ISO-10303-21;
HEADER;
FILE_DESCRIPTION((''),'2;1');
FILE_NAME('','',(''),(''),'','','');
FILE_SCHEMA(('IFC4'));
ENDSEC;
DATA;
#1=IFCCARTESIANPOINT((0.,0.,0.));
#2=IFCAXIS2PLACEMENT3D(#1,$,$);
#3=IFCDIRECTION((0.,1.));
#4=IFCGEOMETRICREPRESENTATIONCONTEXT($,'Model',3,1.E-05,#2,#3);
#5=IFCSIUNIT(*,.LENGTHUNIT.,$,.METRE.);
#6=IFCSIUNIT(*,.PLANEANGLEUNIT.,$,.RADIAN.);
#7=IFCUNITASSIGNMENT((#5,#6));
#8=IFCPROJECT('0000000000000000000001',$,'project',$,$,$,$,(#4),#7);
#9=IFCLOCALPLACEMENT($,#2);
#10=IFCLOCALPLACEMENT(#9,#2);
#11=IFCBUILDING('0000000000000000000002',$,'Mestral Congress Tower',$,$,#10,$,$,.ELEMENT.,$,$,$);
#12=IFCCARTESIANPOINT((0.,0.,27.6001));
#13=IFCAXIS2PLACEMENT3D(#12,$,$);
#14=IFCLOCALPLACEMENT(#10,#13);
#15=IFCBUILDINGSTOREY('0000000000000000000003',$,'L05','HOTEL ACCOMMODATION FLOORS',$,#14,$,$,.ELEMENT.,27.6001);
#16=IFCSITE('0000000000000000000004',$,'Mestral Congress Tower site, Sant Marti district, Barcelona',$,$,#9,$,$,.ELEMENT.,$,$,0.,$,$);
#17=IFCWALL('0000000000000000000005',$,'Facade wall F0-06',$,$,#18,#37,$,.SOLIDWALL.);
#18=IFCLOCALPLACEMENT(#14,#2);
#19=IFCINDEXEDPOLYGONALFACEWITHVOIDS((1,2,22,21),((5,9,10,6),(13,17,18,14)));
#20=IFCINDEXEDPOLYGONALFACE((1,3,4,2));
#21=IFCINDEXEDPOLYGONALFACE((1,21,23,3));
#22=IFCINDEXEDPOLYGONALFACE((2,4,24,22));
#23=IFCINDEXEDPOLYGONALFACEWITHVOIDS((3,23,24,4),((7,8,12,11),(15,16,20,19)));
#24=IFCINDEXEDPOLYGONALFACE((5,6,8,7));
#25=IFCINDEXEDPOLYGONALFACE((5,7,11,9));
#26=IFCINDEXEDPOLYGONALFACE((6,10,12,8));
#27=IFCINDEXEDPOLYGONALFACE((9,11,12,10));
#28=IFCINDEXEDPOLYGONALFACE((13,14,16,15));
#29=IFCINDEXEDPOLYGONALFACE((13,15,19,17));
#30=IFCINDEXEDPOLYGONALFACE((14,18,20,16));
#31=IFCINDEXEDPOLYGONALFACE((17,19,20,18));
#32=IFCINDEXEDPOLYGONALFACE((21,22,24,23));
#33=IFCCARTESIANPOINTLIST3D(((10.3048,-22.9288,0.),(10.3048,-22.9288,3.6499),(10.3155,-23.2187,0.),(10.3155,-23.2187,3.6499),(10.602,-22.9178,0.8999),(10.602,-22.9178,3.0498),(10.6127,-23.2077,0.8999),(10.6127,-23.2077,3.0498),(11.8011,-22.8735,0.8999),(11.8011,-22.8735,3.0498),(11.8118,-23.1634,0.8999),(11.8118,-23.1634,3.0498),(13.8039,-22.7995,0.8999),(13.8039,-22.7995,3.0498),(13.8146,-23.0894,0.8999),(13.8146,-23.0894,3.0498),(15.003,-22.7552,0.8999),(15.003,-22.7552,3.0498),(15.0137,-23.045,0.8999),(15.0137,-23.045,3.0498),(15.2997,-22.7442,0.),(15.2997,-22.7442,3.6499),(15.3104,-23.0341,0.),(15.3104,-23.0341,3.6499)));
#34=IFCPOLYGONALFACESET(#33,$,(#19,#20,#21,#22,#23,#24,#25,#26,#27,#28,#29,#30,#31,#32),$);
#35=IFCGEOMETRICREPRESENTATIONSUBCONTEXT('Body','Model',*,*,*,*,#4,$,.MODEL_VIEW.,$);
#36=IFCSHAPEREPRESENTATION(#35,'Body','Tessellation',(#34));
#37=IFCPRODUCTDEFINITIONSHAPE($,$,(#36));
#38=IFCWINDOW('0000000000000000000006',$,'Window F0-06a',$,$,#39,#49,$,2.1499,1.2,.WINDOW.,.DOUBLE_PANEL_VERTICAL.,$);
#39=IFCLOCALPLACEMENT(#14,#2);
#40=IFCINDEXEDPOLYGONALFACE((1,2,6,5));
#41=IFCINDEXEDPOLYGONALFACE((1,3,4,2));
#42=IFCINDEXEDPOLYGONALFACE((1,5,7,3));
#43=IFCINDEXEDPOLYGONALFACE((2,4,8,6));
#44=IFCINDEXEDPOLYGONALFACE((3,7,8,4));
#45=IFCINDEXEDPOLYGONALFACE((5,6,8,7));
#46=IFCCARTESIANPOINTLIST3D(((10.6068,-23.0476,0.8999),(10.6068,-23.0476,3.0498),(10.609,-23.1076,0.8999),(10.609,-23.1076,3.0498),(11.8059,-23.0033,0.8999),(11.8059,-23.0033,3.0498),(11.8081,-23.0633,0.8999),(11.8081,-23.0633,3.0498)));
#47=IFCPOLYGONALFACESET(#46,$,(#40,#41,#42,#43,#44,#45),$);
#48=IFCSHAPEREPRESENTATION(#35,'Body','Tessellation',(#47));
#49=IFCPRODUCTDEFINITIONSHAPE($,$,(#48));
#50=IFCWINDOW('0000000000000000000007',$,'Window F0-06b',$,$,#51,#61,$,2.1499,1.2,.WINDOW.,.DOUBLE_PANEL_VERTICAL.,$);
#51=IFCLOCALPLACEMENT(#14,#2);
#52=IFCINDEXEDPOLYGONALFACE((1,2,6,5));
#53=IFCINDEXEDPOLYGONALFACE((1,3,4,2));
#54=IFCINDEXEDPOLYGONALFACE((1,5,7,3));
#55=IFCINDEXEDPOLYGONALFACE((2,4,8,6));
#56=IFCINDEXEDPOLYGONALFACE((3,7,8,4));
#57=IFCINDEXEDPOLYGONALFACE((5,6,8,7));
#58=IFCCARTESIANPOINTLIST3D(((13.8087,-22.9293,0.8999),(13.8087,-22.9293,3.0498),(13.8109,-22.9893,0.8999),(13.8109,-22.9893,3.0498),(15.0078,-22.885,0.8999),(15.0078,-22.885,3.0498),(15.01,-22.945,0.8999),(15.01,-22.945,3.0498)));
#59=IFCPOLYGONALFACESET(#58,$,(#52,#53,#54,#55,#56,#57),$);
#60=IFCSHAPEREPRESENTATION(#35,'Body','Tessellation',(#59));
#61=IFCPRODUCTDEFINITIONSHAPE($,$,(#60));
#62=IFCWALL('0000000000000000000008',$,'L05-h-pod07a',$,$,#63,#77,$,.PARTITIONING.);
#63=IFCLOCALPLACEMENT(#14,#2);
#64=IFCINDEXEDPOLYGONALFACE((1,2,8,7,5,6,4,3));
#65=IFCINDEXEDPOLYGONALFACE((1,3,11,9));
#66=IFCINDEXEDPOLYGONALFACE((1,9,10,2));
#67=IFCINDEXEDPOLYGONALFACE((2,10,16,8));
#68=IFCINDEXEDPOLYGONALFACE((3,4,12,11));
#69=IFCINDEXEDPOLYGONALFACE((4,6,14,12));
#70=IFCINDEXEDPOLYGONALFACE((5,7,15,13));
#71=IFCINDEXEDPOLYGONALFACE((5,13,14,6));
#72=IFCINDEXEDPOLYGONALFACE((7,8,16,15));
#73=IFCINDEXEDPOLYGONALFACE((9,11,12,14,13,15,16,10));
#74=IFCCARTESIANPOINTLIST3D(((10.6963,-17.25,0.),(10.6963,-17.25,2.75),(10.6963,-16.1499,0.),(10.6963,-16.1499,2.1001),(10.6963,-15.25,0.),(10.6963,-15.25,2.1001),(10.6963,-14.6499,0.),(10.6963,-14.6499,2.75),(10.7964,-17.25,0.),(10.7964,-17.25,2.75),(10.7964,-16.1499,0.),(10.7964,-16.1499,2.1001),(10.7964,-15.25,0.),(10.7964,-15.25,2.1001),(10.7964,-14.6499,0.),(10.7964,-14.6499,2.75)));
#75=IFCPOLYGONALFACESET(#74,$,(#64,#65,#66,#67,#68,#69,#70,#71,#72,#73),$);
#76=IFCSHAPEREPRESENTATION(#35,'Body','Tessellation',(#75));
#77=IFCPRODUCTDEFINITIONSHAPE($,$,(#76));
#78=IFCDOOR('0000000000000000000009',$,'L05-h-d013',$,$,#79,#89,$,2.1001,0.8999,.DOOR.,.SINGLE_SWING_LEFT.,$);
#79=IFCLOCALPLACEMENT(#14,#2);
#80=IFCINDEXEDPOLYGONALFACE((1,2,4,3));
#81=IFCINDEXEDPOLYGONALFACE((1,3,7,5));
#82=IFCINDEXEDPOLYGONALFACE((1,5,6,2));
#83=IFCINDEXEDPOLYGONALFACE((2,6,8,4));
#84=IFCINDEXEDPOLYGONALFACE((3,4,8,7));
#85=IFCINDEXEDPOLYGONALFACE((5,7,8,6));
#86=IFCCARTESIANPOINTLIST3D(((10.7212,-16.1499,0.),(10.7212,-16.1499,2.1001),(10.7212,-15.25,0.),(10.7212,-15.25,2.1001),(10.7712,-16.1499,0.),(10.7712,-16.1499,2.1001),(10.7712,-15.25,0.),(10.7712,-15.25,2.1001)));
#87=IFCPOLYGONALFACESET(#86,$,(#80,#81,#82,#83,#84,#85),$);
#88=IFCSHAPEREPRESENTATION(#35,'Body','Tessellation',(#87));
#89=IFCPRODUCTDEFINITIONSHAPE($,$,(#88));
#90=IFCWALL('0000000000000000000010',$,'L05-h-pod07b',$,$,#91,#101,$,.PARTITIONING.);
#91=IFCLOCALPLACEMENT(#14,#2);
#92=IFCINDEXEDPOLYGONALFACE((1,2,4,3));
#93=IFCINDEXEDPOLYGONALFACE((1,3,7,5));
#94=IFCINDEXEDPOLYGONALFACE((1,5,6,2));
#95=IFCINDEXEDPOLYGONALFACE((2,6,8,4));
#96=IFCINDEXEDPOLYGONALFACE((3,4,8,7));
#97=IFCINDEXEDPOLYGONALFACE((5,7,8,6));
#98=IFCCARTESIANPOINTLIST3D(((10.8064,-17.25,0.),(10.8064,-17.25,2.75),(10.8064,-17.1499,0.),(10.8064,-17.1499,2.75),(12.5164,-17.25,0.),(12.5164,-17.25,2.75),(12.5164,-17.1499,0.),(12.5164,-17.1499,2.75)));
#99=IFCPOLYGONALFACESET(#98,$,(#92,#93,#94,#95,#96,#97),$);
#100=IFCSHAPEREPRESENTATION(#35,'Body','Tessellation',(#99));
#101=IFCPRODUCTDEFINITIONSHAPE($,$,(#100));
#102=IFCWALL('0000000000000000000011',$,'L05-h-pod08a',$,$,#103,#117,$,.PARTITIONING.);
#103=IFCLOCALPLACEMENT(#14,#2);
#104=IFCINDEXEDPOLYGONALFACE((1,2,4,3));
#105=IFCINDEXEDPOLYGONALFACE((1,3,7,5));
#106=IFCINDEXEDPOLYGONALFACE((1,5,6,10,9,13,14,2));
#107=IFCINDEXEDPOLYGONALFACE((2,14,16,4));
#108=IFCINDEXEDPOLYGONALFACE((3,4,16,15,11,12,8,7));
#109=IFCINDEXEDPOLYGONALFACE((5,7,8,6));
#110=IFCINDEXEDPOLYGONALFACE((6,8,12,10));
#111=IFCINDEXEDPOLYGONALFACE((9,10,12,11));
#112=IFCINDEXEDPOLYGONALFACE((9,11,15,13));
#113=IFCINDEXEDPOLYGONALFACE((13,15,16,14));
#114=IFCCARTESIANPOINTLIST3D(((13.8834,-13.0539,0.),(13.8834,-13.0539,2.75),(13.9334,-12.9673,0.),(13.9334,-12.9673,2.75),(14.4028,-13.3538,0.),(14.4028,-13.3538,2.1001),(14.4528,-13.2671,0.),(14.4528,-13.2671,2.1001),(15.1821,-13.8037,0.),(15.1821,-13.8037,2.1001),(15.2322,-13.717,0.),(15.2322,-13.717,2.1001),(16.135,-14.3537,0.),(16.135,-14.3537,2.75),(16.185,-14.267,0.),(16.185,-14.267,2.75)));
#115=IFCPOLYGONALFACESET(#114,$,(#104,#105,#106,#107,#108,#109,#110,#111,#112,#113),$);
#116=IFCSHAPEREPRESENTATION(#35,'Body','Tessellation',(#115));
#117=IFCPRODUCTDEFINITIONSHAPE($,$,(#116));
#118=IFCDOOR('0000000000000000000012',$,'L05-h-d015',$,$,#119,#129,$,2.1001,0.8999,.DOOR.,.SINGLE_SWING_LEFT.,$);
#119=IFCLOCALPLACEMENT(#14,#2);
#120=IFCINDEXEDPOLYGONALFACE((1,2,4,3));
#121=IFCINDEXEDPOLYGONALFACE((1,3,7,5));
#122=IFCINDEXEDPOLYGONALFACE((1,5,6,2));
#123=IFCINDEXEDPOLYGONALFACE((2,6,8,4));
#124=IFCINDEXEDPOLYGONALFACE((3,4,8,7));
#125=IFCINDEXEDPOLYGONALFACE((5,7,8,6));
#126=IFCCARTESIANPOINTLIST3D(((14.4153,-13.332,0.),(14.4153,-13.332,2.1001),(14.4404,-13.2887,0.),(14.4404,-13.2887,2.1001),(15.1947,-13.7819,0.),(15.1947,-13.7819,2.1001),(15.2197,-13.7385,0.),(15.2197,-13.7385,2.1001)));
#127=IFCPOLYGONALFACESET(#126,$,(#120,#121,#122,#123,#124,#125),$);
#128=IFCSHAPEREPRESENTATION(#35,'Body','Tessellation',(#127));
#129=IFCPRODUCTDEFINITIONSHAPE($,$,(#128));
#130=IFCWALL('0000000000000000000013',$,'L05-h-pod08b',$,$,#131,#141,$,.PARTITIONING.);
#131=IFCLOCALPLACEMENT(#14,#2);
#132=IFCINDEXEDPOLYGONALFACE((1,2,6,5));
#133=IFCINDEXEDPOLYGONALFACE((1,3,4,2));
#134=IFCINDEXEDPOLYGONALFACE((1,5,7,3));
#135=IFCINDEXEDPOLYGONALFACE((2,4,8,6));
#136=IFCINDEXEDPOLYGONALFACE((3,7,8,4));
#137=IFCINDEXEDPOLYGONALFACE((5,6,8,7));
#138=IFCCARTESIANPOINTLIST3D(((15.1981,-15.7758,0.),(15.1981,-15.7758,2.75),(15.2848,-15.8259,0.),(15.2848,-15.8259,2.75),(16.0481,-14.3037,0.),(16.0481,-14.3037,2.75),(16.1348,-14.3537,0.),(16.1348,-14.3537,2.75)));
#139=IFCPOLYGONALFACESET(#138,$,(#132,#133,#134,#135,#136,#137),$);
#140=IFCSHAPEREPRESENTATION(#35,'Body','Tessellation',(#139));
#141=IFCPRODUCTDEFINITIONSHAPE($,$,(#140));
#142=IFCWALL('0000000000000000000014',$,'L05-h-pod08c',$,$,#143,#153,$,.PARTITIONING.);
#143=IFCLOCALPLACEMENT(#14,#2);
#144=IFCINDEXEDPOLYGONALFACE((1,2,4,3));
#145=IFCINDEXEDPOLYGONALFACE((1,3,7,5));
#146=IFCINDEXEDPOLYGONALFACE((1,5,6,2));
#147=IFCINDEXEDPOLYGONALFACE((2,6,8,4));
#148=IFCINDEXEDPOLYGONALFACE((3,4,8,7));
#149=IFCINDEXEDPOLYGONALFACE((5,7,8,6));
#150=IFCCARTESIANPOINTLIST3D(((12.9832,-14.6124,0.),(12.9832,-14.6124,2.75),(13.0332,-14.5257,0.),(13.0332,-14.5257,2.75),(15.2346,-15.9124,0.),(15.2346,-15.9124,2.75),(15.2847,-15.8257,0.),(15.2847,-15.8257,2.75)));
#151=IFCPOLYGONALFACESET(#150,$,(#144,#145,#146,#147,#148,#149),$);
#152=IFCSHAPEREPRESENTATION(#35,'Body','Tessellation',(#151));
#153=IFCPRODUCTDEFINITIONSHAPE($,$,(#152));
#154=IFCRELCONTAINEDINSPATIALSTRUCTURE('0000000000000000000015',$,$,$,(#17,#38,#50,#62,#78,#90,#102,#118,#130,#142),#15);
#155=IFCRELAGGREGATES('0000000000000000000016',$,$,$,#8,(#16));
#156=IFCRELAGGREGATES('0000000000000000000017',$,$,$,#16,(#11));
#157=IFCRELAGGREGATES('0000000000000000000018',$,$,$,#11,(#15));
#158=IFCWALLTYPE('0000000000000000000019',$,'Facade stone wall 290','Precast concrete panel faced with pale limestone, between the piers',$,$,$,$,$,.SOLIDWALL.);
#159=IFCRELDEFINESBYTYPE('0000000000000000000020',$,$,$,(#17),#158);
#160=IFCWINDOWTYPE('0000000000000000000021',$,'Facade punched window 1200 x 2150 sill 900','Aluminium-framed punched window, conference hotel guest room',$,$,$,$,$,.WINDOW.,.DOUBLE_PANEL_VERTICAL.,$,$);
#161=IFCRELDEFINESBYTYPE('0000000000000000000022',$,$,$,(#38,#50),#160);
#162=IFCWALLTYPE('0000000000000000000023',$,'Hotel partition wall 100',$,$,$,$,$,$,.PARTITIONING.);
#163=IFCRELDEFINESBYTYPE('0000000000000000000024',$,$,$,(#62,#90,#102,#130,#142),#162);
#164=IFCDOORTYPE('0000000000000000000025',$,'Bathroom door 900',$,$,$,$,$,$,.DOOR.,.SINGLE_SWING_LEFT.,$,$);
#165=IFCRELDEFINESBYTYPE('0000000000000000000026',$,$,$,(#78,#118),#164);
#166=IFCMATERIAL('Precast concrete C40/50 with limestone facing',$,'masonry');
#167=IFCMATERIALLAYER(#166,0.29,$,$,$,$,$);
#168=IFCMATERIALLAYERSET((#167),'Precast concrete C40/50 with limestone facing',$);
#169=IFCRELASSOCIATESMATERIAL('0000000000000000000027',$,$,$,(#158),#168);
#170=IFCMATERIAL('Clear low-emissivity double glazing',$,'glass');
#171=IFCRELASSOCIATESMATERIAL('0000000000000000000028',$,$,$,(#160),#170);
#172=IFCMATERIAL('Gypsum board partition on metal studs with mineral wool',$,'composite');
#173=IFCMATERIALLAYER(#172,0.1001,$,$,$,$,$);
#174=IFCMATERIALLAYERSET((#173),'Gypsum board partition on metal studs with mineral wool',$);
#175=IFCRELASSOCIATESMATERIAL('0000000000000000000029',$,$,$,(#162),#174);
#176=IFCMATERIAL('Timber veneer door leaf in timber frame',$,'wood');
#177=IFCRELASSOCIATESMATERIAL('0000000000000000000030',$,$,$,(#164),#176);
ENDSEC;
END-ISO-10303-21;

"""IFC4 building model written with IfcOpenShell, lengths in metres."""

from ifc_helpers import new_model, si_unit, direction, frame, frame_2d, origin, place, context, subcontext, project, spatial, rectangle, extrude, material, layer, layer_set, type_object, element, fill, save


model = new_model("IFC4")

# Units and contexts
model_context = context("Model", 3, precision=1e-05, world=origin(), true_north=direction((0.0, 1.0)))
body_context = subcontext(model_context, "Body", "Model", "MODEL_VIEW")
ifc_project = project(units=[si_unit("LENGTHUNIT", "METRE"), si_unit("PLANEANGLEUNIT", "RADIAN")], contexts=[model_context])

# Site, building, storey
site_placement = place(None, origin())
site = spatial("IfcSite", under=ifc_project, at=site_placement, Name="Mestral Congress Tower site, Sant Marti district, Barcelona", CompositionType="ELEMENT", RefElevation=0.0)
building_placement = place(site_placement, origin())
building = spatial("IfcBuilding", under=site, at=building_placement, Name="Mestral Congress Tower", CompositionType="ELEMENT")
storey_placement = place(building_placement, frame((0.0, 0.0, 27.6001)))
storey = spatial("IfcBuildingStorey", under=building, at=storey_placement, Name="L05", Description="HOTEL ACCOMMODATION FLOORS", CompositionType="ELEMENT", Elevation=27.6001)

# Wall, openings, windows
ifc_material_1 = material(Name="Precast concrete C40/50 with limestone facing", Category="masonry")
ifc_layer_1 = layer(ifc_material_1, 0.29)
ifc_layer_set_1 = layer_set([ifc_layer_1], Name="Precast concrete C40/50 with limestone facing")
wall_type_1 = type_object("IfcWallType", Name="Facade stone wall 290", Description="Precast concrete panel faced with pale limestone, between the piers", PredefinedType="SOLIDWALL", material=ifc_layer_set_1)
wall_1_placement = place(storey_placement, frame((10.3103, -23.0737, 0.0), z_axis=(0.0, 0.0, 1.0), x_axis=(0.999318, 0.036927, 0.0)))
wall_1 = element("IfcWall", 1, at=wall_1_placement, inside=storey, type_object=wall_type_1, Name="Facade wall F0-06", PredefinedType="SOLIDWALL", context=body_context, shape_type="SweptSolid", body=[
    extrude(rectangle(XDim=4.9983, YDim=0.29, at=frame_2d((2.499, 0.0))), origin(), (0.0, 0.0, 1.0), 3.6499),
])
opening_1_placement = place(wall_1_placement, frame((0.2971, 0.0, 0.8999)))
opening_1 = element("IfcOpeningElement", 2, at=opening_1_placement, cuts=wall_1, PredefinedType="OPENING", context=body_context, shape_type="SweptSolid", body=[
    extrude(rectangle(XDim=1.2, YDim=2.1499, at=frame_2d((0.6001, 1.075))), frame((0.0, 0.155, 0.0), z_axis=(0.0, -1.0, 0.0), x_axis=(1.0, 0.0, 0.0)), (0.0, 0.0, 1.0), 0.3101),
])
opening_2_placement = place(wall_1_placement, frame((3.5012, 0.0, 0.8999)))
opening_2 = element("IfcOpeningElement", 3, at=opening_2_placement, cuts=wall_1, PredefinedType="OPENING", context=body_context, shape_type="SweptSolid", body=[
    extrude(rectangle(XDim=1.2, YDim=2.1499, at=frame_2d((0.6001, 1.075))), frame((0.0, 0.155, 0.0), z_axis=(0.0, -1.0, 0.0), x_axis=(1.0, 0.0, 0.0)), (0.0, 0.0, 1.0), 0.3101),
])
ifc_material_2 = material(Name="Clear low-emissivity double glazing", Category="glass")
window_type = type_object("IfcWindowType", Name="Facade punched window 1200 x 2150 sill 900", Description="Aluminium-framed punched window, conference hotel guest room", PartitioningType="DOUBLE_PANEL_VERTICAL", PredefinedType="WINDOW", material=ifc_material_2)
window_1_placement = place(opening_1_placement, origin())
window_1 = element("IfcWindow", 4, at=window_1_placement, inside=storey, type_object=window_type, Name="Window F0-06a", OverallHeight=2.1499, OverallWidth=1.2, PartitioningType="DOUBLE_PANEL_VERTICAL", PredefinedType="WINDOW", context=body_context, shape_type="SweptSolid", body=[
    extrude(rectangle(XDim=1.2, YDim=2.1499, at=frame_2d((0.6001, 1.075))), frame((0.0, 0.0151, 0.0), z_axis=(0.0, -1.0, 0.0), x_axis=(1.0, 0.0, 0.0)), (0.0, 0.0, 1.0), 0.0601),
])
fill(opening_1, window_1)
window_2_placement = place(opening_2_placement, origin())
window_2 = element("IfcWindow", 5, at=window_2_placement, inside=storey, type_object=window_type, Name="Window F0-06b", OverallHeight=2.1499, OverallWidth=1.2, PartitioningType="DOUBLE_PANEL_VERTICAL", PredefinedType="WINDOW", context=body_context, shape_type="SweptSolid", body=[
    extrude(rectangle(XDim=1.2, YDim=2.1499, at=frame_2d((0.6001, 1.075))), frame((0.0, 0.0151, 0.0), z_axis=(0.0, -1.0, 0.0), x_axis=(1.0, 0.0, 0.0)), (0.0, 0.0, 1.0), 0.0601),
])
fill(opening_2, window_2)

# Wall, opening, door
ifc_material_3 = material(Name="Gypsum board partition on metal studs with mineral wool", Category="composite")
ifc_layer_2 = layer(ifc_material_3, 0.1001)
ifc_layer_set_2 = layer_set([ifc_layer_2], Name="Gypsum board partition on metal studs with mineral wool")
wall_type_2 = type_object("IfcWallType", Name="Hotel partition wall 100", PredefinedType="PARTITIONING", material=ifc_layer_set_2)
wall_2_placement = place(storey_placement, frame((10.7463, -14.6499, 0.0), z_axis=(0.0, 0.0, 1.0), x_axis=(0.0, -1.0, 0.0)))
wall_2 = element("IfcWall", 6, at=wall_2_placement, inside=storey, type_object=wall_type_2, Name="L05-h-pod07a", PredefinedType="PARTITIONING", context=body_context, shape_type="SweptSolid", body=[
    extrude(rectangle(XDim=2.6001, YDim=0.1001, at=frame_2d((1.3, 0.0))), origin(), (0.0, 0.0, 1.0), 2.75),
])
opening_3_placement = place(wall_2_placement, frame((0.6001, 0.0, 0.0)))
opening_3 = element("IfcOpeningElement", 7, at=opening_3_placement, cuts=wall_2, PredefinedType="OPENING", context=body_context, shape_type="SweptSolid", body=[
    extrude(rectangle(XDim=0.8999, YDim=2.1001, at=frame_2d((0.45, 1.05))), frame((0.0, 0.0601, 0.0), z_axis=(0.0, -1.0, 0.0), x_axis=(1.0, 0.0, 0.0)), (0.0, 0.0, 1.0), 0.1201),
])
ifc_material_4 = material(Name="Timber veneer door leaf in timber frame", Category="wood")
door_type_1 = type_object("IfcDoorType", Name="Bathroom door 900", OperationType="SINGLE_SWING_LEFT", PredefinedType="DOOR", material=ifc_material_4)
door_1_placement = place(opening_3_placement, origin())
door_1 = element("IfcDoor", 8, at=door_1_placement, inside=storey, type_object=door_type_1, Name="L05-h-d013", OperationType="SINGLE_SWING_LEFT", OverallHeight=2.1001, OverallWidth=0.8999, PredefinedType="DOOR", context=body_context, shape_type="SweptSolid", body=[
    extrude(rectangle(XDim=0.8999, YDim=2.1001, at=frame_2d((0.45, 1.05))), frame((0.0, 0.0249, 0.0), z_axis=(0.0, -1.0, 0.0), x_axis=(1.0, 0.0, 0.0)), (0.0, 0.0, 1.0), 0.05),
])
fill(opening_3, door_1)

# Wall
wall_3_placement = place(storey_placement, frame((10.8064, -17.2, 0.0), z_axis=(0.0, 0.0, 1.0), x_axis=(1.0, 0.0, 0.0)))
element("IfcWall", 9, at=wall_3_placement, inside=storey, type_object=wall_type_2, Name="L05-h-pod07b", PredefinedType="PARTITIONING", context=body_context, shape_type="SweptSolid", body=[
    extrude(rectangle(XDim=1.71, YDim=0.1001, at=frame_2d((0.855, 0.0))), origin(), (0.0, 0.0, 1.0), 2.75),
])

# Wall, opening, door
wall_4_placement = place(storey_placement, frame((16.1599, -14.3103, 0.0), z_axis=(0.0, 0.0, 1.0), x_axis=(-0.866062, 0.499937, 0.0)))
wall_4 = element("IfcWall", 10, at=wall_4_placement, inside=storey, type_object=wall_type_2, Name="L05-h-pod08a", PredefinedType="PARTITIONING", context=body_context, shape_type="SweptSolid", body=[
    extrude(rectangle(XDim=2.5999, YDim=0.1001, at=frame_2d((1.2998, 0.0))), origin(), (0.0, 0.0, 1.0), 2.75),
])
opening_4_placement = place(wall_4_placement, frame((1.1001, 0.0, 0.0)))
opening_4 = element("IfcOpeningElement", 11, at=opening_4_placement, cuts=wall_4, PredefinedType="OPENING", context=body_context, shape_type="SweptSolid", body=[
    extrude(rectangle(XDim=0.8999, YDim=2.1001, at=frame_2d((0.45, 1.05))), frame((0.0, 0.0601, 0.0), z_axis=(0.0, -1.0, 0.0), x_axis=(1.0, 0.0, 0.0)), (0.0, 0.0, 1.0), 0.1201),
])
door_2_placement = place(opening_4_placement, origin())
door_2 = element("IfcDoor", 12, at=door_2_placement, inside=storey, type_object=door_type_1, Name="L05-h-d015", OperationType="SINGLE_SWING_LEFT", OverallHeight=2.1001, OverallWidth=0.8999, PredefinedType="DOOR", context=body_context, shape_type="SweptSolid", body=[
    extrude(rectangle(XDim=0.8999, YDim=2.1001, at=frame_2d((0.45, 1.05))), frame((0.0, 0.0249, 0.0), z_axis=(0.0, -1.0, 0.0), x_axis=(1.0, 0.0, 0.0)), (0.0, 0.0, 1.0), 0.05),
])
fill(opening_4, door_2)

# Walls
wall_5_placement = place(storey_placement, frame((16.0916, -14.3286, 0.0), z_axis=(0.0, 0.0, 1.0), x_axis=(-0.500062, -0.865989, 0.0)))
element("IfcWall", 13, at=wall_5_placement, inside=storey, type_object=wall_type_2, Name="L05-h-pod08b", PredefinedType="PARTITIONING", context=body_context, shape_type="SweptSolid", body=[
    extrude(rectangle(XDim=1.7, YDim=0.1001, at=frame_2d((0.8501, 0.0))), origin(), (0.0, 0.0, 1.0), 2.75),
])
wall_6_placement = place(storey_placement, frame((13.0083, -14.5691, 0.0), z_axis=(0.0, 0.0, 1.0), x_axis=(0.865998, -0.500048, 0.0)))
element("IfcWall", 14, at=wall_6_placement, inside=storey, type_object=wall_type_2, Name="L05-h-pod08c", PredefinedType="PARTITIONING", context=body_context, shape_type="SweptSolid", body=[
    extrude(rectangle(XDim=2.5999, YDim=0.1001, at=frame_2d((1.2998, 0.0))), origin(), (0.0, 0.0, 1.0), 2.75),
])

save(model, "model.ifc")
